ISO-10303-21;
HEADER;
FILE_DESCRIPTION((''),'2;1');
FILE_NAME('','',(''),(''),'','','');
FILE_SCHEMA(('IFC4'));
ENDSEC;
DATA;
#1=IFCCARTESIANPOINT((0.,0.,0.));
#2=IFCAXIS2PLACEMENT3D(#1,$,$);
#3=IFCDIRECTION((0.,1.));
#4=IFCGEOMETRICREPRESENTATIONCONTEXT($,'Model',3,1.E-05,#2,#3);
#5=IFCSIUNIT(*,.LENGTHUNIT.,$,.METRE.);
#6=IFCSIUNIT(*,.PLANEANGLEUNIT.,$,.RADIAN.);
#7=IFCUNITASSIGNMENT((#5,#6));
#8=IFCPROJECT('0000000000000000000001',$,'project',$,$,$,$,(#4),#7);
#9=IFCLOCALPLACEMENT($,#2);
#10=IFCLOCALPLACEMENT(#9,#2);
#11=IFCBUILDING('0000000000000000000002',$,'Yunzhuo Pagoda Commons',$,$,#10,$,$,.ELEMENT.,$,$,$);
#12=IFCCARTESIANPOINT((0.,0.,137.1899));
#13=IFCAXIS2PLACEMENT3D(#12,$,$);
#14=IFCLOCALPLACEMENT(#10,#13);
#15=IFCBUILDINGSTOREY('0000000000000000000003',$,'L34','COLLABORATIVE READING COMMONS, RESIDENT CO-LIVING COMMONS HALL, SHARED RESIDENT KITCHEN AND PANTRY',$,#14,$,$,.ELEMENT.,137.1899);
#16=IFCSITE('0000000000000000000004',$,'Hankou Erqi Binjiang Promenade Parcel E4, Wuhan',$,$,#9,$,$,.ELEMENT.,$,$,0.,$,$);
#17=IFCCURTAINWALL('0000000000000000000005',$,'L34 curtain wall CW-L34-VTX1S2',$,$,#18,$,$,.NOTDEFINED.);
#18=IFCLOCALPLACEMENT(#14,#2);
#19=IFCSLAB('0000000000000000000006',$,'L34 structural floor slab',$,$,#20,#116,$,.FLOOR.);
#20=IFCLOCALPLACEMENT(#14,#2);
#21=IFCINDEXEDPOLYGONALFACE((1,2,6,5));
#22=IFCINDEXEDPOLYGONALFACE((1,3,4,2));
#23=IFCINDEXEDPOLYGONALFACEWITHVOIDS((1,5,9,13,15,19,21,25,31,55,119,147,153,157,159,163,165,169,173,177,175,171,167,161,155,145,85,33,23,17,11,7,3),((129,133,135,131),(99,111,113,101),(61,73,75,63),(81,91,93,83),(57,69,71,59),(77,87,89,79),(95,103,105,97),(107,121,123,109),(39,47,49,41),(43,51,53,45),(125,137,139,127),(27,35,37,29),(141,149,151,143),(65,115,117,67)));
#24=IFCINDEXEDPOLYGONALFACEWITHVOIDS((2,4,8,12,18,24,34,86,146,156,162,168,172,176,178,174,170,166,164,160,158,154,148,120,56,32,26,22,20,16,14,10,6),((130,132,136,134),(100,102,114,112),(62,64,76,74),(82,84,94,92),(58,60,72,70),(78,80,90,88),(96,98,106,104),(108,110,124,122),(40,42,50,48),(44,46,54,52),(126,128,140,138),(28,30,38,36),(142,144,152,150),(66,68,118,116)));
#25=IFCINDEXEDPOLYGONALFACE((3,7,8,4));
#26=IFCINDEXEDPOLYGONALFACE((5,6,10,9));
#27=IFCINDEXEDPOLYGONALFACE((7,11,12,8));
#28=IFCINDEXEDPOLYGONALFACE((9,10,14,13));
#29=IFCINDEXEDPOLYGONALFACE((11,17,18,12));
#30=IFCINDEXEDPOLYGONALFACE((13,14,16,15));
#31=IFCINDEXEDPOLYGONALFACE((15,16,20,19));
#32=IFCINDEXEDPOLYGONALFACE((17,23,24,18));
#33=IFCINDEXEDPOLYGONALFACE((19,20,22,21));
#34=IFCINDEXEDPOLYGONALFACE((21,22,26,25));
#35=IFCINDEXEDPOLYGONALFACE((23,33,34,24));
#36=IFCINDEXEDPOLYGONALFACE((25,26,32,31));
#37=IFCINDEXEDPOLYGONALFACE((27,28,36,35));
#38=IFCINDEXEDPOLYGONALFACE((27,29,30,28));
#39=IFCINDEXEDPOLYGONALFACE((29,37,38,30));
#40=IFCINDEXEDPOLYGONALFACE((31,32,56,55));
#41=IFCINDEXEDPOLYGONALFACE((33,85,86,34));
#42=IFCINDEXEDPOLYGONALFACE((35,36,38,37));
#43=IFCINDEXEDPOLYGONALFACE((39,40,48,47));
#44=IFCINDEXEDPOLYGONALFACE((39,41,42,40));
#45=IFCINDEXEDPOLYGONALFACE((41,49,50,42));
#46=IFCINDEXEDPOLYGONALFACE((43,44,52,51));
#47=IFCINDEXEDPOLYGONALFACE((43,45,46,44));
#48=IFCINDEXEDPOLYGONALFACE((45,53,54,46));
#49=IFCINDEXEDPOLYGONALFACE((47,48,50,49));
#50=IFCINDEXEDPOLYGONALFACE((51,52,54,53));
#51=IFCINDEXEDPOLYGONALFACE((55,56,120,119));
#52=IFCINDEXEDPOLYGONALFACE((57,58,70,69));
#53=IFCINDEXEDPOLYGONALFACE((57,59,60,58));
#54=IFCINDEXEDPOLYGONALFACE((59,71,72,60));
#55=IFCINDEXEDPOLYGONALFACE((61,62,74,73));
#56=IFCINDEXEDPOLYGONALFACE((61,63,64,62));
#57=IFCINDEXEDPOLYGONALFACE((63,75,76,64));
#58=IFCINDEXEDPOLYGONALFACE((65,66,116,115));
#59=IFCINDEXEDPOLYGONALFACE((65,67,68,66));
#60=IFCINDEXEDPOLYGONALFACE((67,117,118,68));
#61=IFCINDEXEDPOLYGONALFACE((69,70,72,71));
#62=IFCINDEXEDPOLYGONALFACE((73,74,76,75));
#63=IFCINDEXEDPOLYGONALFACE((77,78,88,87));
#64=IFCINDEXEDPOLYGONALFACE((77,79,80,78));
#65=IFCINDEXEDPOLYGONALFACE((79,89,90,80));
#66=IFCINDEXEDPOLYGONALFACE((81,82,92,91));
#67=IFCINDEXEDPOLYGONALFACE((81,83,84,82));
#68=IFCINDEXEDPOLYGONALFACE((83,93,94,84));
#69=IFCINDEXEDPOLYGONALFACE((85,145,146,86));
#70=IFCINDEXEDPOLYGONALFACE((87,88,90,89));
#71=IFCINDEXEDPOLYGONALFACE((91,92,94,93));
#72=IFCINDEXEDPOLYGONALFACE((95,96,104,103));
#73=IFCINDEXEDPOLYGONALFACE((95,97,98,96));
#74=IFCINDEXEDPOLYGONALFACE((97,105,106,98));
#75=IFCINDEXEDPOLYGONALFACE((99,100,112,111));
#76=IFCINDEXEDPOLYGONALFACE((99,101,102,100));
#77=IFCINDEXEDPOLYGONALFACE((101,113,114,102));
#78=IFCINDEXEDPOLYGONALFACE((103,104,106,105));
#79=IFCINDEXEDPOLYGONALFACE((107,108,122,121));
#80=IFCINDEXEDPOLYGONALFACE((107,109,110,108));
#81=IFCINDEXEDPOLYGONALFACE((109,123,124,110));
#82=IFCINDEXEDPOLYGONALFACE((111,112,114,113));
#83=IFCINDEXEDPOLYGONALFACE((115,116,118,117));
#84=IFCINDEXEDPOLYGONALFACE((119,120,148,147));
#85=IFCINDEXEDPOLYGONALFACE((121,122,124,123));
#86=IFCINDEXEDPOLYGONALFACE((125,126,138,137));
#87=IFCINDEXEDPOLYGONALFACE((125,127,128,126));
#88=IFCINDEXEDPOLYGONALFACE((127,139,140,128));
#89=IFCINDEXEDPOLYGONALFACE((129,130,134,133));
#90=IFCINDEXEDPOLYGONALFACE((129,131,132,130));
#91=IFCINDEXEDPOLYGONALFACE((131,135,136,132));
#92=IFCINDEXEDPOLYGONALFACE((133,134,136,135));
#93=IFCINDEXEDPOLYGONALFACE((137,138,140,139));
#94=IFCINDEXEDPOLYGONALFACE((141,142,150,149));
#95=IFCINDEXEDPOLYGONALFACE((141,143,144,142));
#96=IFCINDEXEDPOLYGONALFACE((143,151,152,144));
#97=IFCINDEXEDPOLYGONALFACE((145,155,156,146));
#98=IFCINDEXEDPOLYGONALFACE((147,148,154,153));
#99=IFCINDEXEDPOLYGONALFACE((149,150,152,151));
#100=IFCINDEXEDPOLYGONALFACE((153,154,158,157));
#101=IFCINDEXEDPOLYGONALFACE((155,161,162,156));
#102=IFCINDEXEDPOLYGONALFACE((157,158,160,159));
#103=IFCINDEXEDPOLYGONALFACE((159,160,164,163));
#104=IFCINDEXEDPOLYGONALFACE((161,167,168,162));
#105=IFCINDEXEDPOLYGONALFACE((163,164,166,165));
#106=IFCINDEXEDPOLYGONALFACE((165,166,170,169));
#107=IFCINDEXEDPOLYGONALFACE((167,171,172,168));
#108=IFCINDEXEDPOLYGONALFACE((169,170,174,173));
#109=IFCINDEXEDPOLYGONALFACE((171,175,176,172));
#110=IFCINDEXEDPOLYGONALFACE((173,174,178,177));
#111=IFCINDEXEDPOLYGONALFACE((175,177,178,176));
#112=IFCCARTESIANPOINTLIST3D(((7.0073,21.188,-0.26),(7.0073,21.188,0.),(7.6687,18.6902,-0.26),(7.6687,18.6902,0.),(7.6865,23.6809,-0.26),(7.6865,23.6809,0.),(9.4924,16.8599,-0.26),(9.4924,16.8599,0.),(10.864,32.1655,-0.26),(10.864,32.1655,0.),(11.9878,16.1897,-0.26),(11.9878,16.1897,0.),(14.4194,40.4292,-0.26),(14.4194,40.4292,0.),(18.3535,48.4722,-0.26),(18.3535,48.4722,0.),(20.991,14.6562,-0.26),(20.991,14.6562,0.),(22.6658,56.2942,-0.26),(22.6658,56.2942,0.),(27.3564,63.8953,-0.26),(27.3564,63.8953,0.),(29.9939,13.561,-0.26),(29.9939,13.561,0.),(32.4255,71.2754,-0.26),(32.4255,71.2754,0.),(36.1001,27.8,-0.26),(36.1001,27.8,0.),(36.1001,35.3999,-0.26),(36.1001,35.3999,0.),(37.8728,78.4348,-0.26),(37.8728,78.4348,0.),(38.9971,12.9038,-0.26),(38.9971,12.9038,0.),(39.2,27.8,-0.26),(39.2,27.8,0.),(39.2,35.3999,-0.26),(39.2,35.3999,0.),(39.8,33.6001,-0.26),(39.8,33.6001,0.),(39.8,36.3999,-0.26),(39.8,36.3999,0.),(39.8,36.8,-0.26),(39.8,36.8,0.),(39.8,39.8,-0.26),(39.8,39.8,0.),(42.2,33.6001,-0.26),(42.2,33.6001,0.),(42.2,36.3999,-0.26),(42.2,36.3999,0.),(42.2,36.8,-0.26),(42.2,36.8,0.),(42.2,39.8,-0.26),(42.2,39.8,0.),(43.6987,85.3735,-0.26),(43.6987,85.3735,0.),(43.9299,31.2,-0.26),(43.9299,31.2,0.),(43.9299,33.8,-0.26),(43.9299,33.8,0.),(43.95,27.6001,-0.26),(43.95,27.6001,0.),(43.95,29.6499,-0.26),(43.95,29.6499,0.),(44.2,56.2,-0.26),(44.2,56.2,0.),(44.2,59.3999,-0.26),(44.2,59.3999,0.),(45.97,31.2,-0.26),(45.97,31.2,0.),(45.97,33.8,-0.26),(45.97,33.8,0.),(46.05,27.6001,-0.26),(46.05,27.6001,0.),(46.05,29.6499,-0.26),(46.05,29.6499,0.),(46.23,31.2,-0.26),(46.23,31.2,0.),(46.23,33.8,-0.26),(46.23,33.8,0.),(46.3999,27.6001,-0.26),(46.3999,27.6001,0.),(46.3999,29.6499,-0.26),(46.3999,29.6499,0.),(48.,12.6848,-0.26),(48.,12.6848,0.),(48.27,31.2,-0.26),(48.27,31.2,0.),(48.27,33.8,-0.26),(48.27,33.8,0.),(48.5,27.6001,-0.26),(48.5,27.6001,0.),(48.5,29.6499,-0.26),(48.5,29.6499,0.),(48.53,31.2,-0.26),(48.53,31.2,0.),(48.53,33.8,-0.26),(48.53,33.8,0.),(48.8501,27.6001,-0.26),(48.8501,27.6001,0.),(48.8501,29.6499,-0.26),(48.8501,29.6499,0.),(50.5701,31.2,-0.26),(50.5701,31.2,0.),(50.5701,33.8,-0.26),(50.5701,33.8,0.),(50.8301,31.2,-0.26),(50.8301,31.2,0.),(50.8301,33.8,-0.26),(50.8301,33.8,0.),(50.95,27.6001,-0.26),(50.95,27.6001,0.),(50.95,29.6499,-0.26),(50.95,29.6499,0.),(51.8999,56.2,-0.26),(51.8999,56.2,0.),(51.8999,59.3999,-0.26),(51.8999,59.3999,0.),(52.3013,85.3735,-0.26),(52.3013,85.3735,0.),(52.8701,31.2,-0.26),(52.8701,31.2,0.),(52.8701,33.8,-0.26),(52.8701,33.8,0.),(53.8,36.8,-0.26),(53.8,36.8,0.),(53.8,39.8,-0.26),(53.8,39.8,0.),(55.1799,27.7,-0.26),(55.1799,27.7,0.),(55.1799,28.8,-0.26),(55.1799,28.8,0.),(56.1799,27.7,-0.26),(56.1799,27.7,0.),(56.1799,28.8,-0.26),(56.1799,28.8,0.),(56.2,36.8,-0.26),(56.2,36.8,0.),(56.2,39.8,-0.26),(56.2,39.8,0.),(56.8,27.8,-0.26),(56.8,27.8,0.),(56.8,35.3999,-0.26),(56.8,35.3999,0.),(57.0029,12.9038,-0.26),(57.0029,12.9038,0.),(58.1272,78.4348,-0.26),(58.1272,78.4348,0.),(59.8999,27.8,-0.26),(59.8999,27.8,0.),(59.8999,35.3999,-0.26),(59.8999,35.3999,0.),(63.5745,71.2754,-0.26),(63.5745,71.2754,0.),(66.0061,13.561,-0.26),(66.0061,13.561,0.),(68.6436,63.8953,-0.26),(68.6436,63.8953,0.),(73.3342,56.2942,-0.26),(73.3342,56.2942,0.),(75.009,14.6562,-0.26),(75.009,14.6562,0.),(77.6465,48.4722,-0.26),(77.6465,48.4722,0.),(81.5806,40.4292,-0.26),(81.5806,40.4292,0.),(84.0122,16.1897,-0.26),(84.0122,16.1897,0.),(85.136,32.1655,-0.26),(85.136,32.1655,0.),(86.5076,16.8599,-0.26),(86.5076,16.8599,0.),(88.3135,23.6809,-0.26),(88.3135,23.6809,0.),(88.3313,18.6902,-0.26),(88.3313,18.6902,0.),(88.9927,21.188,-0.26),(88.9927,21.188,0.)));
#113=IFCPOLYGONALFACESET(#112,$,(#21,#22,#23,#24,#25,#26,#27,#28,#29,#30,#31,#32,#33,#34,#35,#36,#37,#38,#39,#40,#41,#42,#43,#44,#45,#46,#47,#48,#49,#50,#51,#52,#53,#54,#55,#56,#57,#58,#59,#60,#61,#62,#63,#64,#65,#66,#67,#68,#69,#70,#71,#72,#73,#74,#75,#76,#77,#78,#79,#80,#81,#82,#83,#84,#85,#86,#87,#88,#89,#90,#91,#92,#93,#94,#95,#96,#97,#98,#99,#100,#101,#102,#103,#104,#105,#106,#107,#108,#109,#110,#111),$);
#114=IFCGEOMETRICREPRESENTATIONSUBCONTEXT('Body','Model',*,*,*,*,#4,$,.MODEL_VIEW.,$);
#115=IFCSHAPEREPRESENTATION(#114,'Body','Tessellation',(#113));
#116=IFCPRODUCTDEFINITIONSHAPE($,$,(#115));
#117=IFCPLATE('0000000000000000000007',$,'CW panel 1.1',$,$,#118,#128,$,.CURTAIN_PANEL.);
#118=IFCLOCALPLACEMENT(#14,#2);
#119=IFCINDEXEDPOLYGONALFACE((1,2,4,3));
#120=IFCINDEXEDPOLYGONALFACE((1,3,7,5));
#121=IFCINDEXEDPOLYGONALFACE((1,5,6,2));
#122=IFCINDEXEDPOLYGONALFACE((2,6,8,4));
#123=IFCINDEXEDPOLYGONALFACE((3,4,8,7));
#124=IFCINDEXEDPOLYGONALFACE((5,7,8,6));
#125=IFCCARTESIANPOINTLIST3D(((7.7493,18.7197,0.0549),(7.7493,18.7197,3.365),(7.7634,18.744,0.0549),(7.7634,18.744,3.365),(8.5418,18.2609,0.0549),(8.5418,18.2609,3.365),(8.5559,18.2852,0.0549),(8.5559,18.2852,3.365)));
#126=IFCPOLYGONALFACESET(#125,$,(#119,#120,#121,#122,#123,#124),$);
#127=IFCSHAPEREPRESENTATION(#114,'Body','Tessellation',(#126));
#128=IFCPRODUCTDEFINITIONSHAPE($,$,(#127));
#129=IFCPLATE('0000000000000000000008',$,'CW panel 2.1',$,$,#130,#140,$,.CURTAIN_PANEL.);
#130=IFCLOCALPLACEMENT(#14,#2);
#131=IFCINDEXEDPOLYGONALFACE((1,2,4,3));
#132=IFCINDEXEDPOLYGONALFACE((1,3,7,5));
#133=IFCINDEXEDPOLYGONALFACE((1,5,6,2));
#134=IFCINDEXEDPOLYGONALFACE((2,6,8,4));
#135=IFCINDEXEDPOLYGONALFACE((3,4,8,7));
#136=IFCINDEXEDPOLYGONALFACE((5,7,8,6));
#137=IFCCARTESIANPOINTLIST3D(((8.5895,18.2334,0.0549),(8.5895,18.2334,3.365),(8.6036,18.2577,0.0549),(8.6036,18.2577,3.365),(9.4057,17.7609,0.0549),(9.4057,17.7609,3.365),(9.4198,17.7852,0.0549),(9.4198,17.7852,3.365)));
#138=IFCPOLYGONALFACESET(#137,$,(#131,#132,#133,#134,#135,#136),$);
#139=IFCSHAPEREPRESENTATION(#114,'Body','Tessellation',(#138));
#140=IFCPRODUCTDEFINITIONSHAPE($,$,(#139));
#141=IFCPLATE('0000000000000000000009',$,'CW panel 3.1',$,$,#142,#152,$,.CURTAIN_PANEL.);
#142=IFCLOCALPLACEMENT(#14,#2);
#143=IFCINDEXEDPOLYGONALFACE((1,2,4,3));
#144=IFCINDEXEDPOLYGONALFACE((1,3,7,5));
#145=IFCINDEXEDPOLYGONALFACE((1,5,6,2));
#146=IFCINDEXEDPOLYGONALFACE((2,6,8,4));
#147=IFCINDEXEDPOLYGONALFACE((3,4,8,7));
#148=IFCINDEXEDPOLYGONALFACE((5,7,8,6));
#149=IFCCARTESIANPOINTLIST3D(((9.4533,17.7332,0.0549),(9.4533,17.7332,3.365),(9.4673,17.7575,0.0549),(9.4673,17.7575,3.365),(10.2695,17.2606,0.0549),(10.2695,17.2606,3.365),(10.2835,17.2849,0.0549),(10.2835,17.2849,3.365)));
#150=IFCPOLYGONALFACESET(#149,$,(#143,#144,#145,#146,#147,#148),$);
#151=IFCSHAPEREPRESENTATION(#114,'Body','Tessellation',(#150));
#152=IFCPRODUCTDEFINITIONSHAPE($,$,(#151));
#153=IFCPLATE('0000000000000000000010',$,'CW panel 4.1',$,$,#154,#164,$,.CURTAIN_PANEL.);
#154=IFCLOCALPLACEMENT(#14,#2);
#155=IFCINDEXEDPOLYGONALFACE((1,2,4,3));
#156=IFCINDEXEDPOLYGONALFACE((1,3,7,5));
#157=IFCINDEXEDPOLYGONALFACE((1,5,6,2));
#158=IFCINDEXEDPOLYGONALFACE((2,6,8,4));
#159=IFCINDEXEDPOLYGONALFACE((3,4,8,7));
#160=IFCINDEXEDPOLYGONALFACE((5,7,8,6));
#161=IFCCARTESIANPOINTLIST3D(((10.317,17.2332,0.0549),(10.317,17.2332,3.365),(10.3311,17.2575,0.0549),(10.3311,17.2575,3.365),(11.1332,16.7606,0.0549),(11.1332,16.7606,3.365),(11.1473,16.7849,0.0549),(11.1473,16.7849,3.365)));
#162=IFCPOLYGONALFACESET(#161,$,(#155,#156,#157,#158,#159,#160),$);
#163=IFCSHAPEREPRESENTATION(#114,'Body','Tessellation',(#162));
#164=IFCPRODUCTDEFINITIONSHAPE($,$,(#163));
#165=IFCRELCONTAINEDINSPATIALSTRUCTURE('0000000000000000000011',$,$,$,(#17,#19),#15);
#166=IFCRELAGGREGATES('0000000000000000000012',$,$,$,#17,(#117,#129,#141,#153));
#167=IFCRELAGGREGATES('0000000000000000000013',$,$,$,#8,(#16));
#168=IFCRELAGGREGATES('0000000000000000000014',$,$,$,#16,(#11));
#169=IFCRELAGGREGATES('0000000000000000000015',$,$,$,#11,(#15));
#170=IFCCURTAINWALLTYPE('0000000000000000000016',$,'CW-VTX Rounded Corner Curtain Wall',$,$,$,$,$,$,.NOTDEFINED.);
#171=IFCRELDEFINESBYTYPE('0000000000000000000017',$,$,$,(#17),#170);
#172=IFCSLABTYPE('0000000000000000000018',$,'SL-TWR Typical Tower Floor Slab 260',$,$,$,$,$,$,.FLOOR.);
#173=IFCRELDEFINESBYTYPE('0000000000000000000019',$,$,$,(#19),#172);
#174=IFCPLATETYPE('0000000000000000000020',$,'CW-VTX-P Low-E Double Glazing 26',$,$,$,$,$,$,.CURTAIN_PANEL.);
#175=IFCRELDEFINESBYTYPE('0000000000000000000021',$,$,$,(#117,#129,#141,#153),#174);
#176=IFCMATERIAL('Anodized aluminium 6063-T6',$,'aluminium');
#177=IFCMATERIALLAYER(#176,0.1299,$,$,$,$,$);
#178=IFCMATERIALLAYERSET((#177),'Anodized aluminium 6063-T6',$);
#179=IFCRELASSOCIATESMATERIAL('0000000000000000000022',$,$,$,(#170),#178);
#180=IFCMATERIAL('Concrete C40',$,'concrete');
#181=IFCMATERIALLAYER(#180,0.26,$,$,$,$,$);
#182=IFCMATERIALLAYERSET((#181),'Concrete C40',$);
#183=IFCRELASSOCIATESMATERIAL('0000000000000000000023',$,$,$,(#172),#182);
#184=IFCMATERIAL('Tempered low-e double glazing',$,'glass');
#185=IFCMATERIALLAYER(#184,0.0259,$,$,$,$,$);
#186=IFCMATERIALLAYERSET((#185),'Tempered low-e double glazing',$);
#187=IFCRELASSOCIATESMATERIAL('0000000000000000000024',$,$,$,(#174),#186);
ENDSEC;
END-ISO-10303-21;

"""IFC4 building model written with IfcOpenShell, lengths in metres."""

from ifc_helpers import new_model, si_unit, direction, frame, origin, origin_2d, place, context, subcontext, project, spatial, polyline, rectangle, outline, extrude, source, transform, mapped, material, layer, layer_set, type_object, element, aggregate, save


model = new_model("IFC4")

# Units and contexts
model_context = context("Model", 3, precision=1e-05, world=origin(), true_north=direction((0.0, 1.0)))
body_context = subcontext(model_context, "Body", "Model", "MODEL_VIEW")
ifc_project = project(units=[si_unit("LENGTHUNIT", "METRE"), si_unit("PLANEANGLEUNIT", "RADIAN")], contexts=[model_context])

# Site, building, storey
site_placement = place(None, origin())
site = spatial("IfcSite", under=ifc_project, at=site_placement, Name="Hankou Erqi Binjiang Promenade Parcel E4, Wuhan", CompositionType="ELEMENT", RefElevation=0.0)
building_placement = place(site_placement, origin())
building = spatial("IfcBuilding", under=site, at=building_placement, Name="Yunzhuo Pagoda Commons", CompositionType="ELEMENT")
storey_placement = place(building_placement, frame((0.0, 0.0, 137.1899)))
storey = spatial("IfcBuildingStorey", under=building, at=storey_placement, Name="L34", Description="COLLABORATIVE READING COMMONS, RESIDENT CO-LIVING COMMONS HALL, SHARED RESIDENT KITCHEN AND PANTRY", CompositionType="ELEMENT", Elevation=137.1899)

# Curtain wall
ifc_material_1 = material(Name="Anodized aluminium 6063-T6", Category="aluminium")
ifc_layer_1 = layer(ifc_material_1, 0.1299)
ifc_layer_set_1 = layer_set([ifc_layer_1], Name="Anodized aluminium 6063-T6")
curtain_wall_type = type_object("IfcCurtainWallType", Name="CW-VTX Rounded Corner Curtain Wall", PredefinedType="NOTDEFINED", material=ifc_layer_set_1)
curtain_wall_placement = place(storey_placement, origin())
curtain_wall = element("IfcCurtainWall", 1, at=curtain_wall_placement, inside=storey, type_object=curtain_wall_type, Name="L34 curtain wall CW-L34-VTX1S2", PredefinedType="NOTDEFINED")

# Shared definitions
ifc_material_2 = material(Name="Concrete C40", Category="concrete")

# Slab
ifc_layer_2 = layer(ifc_material_2, 0.26)
ifc_layer_set_2 = layer_set([ifc_layer_2], Name="Concrete C40")
slab_type_1 = type_object("IfcSlabType", Name="SL-TWR Typical Tower Floor Slab 260", PredefinedType="FLOOR", material=ifc_layer_set_2)
slab_1_placement = place(storey_placement, frame((0.0, 0.0, -0.26)))
element("IfcSlab", 2, at=slab_1_placement, inside=storey, type_object=slab_type_1, Name="L34 structural floor slab", PredefinedType="FLOOR", context=body_context, shape_type="SweptSolid", body=[
    extrude(outline(polyline([(10.864, 32.1655), (14.4194, 40.4292), (18.3535, 48.4722), (22.6658, 56.2942), (27.3564, 63.8953), (32.4255, 71.2754), (37.8728, 78.4348), (43.6987, 85.3735), (52.3013, 85.3735), (58.1272, 78.4348), (63.5745, 71.2754), (68.6436, 63.8953), (73.3342, 56.2942), (77.6465, 48.4722), (81.5806, 40.4292), (85.136, 32.1655), (88.3135, 23.6809), (88.9927, 21.188), (88.3313, 18.6902), (86.5076, 16.8599), (84.0122, 16.1897), (75.009, 14.6562), (66.0061, 13.561), (57.0029, 12.9038), (48.0, 12.6848), (38.9971, 12.9038), (29.9939, 13.561), (20.991, 14.6562), (11.9878, 16.1897), (9.4924, 16.8599), (7.6687, 18.6902), (7.0073, 21.188), (7.6865, 23.6809), (10.864, 32.1655)]), holes=[polyline([(46.05, 29.6499), (43.95, 29.6499), (43.95, 27.6001), (46.05, 27.6001), (46.05, 29.6499)]), polyline([(48.5, 27.6001), (48.5, 29.6499), (46.3999, 29.6499), (46.3999, 27.6001), (48.5, 27.6001)]), polyline([(36.1001, 27.8), (39.2, 27.8), (39.2, 35.3999), (36.1001, 35.3999), (36.1001, 27.8)]), polyline([(45.97, 31.2), (45.97, 33.8), (43.9299, 33.8), (43.9299, 31.2), (45.97, 31.2)]), polyline([(48.27, 31.2), (48.27, 33.8), (46.23, 33.8), (46.23, 31.2), (48.27, 31.2)]), polyline([(42.2, 33.6001), (42.2, 36.3999), (39.8, 36.3999), (39.8, 33.6001), (42.2, 33.6001)]), polyline([(42.2, 36.8), (42.2, 39.8), (39.8, 39.8), (39.8, 36.8), (42.2, 36.8)]), polyline([(56.1799, 28.8), (55.1799, 28.8), (55.1799, 27.7), (56.1799, 27.7), (56.1799, 28.8)]), polyline([(50.95, 27.6001), (50.95, 29.6499), (48.8501, 29.6499), (48.8501, 27.6001), (50.95, 27.6001)]), polyline([(56.8, 27.8), (59.8999, 27.8), (59.8999, 35.3999), (56.8, 35.3999), (56.8, 27.8)]), polyline([(50.5701, 31.2), (50.5701, 33.8), (48.53, 33.8), (48.53, 31.2), (50.5701, 31.2)]), polyline([(52.8701, 31.2), (52.8701, 33.8), (50.8301, 33.8), (50.8301, 31.2), (52.8701, 31.2)]), polyline([(56.2, 36.8), (56.2, 39.8), (53.8, 39.8), (53.8, 36.8), (56.2, 36.8)]), polyline([(51.8999, 56.2), (51.8999, 59.3999), (44.2, 59.3999), (44.2, 56.2), (51.8999, 56.2)])]), origin(), (0.0, 0.0, 1.0), 0.26),
])

# Plates
ifc_material_3 = material(Name="Tempered low-e double glazing", Category="glass")
ifc_layer_3 = layer(ifc_material_3, 0.0259)
ifc_layer_set_3 = layer_set([ifc_layer_3], Name="Tempered low-e double glazing")
plate_type = type_object("IfcPlateType", Name="CW-VTX-P Low-E Double Glazing 26", PredefinedType="CURTAIN_PANEL", material=ifc_layer_set_3)
shared_shape_1 = source(origin(), body_context, "Body", "SweptSolid", [
    extrude(rectangle(XDim=0.9158, YDim=0.0281, at=origin_2d()), origin(), (0.0, 0.0, 1.0), 3.3101),
])
plate_1_placement = place(storey_placement, frame((8.1526, 18.5024, 0.0549), z_axis=(0.0, 0.0, 1.0), x_axis=(0.865425, -0.501038, 0.0)))
plate_1 = element("IfcPlate", 3, at=plate_1_placement, type_object=plate_type, Name="CW panel 1.1", PredefinedType="CURTAIN_PANEL", context=body_context, shape_type="MappedRepresentation", body=[
    mapped(shared_shape_1, transform((0.0, 0.0, 0.0), scale=1.0)),
])
shared_shape_2 = source(origin(), body_context, "Body", "SweptSolid", [
    extrude(rectangle(XDim=0.9431, YDim=0.0281, at=origin_2d()), origin(), (0.0, 0.0, 1.0), 3.3101),
])
plate_2_placement = place(storey_placement, frame((9.0046, 18.0093, 0.0549), z_axis=(0.0, 0.0, 1.0), x_axis=(0.865425, -0.501038, 0.0)))
plate_2 = element("IfcPlate", 4, at=plate_2_placement, type_object=plate_type, Name="CW panel 2.1", PredefinedType="CURTAIN_PANEL", context=body_context, shape_type="MappedRepresentation", body=[
    mapped(shared_shape_2, transform((0.0, 0.0, 0.0), scale=1.0)),
])
plate_3_placement = place(storey_placement, frame((9.8684, 17.509, 0.0549), z_axis=(0.0, 0.0, 1.0), x_axis=(0.865425, -0.501038, 0.0)))
plate_3 = element("IfcPlate", 5, at=plate_3_placement, type_object=plate_type, Name="CW panel 3.1", PredefinedType="CURTAIN_PANEL", context=body_context, shape_type="MappedRepresentation", body=[
    mapped(shared_shape_2, transform((0.0, 0.0, 0.0), scale=1.0)),
])
plate_4_placement = place(storey_placement, frame((10.7322, 17.009, 0.0549), z_axis=(0.0, 0.0, 1.0), x_axis=(0.865425, -0.501038, 0.0)))
plate_4 = element("IfcPlate", 6, at=plate_4_placement, type_object=plate_type, Name="CW panel 4.1", PredefinedType="CURTAIN_PANEL", context=body_context, shape_type="MappedRepresentation", body=[
    mapped(shared_shape_2, transform((0.0, 0.0, 0.0), scale=1.0)),
])
aggregate(curtain_wall, [plate_1, plate_2, plate_3, plate_4])

save(model, "model.ifc")
